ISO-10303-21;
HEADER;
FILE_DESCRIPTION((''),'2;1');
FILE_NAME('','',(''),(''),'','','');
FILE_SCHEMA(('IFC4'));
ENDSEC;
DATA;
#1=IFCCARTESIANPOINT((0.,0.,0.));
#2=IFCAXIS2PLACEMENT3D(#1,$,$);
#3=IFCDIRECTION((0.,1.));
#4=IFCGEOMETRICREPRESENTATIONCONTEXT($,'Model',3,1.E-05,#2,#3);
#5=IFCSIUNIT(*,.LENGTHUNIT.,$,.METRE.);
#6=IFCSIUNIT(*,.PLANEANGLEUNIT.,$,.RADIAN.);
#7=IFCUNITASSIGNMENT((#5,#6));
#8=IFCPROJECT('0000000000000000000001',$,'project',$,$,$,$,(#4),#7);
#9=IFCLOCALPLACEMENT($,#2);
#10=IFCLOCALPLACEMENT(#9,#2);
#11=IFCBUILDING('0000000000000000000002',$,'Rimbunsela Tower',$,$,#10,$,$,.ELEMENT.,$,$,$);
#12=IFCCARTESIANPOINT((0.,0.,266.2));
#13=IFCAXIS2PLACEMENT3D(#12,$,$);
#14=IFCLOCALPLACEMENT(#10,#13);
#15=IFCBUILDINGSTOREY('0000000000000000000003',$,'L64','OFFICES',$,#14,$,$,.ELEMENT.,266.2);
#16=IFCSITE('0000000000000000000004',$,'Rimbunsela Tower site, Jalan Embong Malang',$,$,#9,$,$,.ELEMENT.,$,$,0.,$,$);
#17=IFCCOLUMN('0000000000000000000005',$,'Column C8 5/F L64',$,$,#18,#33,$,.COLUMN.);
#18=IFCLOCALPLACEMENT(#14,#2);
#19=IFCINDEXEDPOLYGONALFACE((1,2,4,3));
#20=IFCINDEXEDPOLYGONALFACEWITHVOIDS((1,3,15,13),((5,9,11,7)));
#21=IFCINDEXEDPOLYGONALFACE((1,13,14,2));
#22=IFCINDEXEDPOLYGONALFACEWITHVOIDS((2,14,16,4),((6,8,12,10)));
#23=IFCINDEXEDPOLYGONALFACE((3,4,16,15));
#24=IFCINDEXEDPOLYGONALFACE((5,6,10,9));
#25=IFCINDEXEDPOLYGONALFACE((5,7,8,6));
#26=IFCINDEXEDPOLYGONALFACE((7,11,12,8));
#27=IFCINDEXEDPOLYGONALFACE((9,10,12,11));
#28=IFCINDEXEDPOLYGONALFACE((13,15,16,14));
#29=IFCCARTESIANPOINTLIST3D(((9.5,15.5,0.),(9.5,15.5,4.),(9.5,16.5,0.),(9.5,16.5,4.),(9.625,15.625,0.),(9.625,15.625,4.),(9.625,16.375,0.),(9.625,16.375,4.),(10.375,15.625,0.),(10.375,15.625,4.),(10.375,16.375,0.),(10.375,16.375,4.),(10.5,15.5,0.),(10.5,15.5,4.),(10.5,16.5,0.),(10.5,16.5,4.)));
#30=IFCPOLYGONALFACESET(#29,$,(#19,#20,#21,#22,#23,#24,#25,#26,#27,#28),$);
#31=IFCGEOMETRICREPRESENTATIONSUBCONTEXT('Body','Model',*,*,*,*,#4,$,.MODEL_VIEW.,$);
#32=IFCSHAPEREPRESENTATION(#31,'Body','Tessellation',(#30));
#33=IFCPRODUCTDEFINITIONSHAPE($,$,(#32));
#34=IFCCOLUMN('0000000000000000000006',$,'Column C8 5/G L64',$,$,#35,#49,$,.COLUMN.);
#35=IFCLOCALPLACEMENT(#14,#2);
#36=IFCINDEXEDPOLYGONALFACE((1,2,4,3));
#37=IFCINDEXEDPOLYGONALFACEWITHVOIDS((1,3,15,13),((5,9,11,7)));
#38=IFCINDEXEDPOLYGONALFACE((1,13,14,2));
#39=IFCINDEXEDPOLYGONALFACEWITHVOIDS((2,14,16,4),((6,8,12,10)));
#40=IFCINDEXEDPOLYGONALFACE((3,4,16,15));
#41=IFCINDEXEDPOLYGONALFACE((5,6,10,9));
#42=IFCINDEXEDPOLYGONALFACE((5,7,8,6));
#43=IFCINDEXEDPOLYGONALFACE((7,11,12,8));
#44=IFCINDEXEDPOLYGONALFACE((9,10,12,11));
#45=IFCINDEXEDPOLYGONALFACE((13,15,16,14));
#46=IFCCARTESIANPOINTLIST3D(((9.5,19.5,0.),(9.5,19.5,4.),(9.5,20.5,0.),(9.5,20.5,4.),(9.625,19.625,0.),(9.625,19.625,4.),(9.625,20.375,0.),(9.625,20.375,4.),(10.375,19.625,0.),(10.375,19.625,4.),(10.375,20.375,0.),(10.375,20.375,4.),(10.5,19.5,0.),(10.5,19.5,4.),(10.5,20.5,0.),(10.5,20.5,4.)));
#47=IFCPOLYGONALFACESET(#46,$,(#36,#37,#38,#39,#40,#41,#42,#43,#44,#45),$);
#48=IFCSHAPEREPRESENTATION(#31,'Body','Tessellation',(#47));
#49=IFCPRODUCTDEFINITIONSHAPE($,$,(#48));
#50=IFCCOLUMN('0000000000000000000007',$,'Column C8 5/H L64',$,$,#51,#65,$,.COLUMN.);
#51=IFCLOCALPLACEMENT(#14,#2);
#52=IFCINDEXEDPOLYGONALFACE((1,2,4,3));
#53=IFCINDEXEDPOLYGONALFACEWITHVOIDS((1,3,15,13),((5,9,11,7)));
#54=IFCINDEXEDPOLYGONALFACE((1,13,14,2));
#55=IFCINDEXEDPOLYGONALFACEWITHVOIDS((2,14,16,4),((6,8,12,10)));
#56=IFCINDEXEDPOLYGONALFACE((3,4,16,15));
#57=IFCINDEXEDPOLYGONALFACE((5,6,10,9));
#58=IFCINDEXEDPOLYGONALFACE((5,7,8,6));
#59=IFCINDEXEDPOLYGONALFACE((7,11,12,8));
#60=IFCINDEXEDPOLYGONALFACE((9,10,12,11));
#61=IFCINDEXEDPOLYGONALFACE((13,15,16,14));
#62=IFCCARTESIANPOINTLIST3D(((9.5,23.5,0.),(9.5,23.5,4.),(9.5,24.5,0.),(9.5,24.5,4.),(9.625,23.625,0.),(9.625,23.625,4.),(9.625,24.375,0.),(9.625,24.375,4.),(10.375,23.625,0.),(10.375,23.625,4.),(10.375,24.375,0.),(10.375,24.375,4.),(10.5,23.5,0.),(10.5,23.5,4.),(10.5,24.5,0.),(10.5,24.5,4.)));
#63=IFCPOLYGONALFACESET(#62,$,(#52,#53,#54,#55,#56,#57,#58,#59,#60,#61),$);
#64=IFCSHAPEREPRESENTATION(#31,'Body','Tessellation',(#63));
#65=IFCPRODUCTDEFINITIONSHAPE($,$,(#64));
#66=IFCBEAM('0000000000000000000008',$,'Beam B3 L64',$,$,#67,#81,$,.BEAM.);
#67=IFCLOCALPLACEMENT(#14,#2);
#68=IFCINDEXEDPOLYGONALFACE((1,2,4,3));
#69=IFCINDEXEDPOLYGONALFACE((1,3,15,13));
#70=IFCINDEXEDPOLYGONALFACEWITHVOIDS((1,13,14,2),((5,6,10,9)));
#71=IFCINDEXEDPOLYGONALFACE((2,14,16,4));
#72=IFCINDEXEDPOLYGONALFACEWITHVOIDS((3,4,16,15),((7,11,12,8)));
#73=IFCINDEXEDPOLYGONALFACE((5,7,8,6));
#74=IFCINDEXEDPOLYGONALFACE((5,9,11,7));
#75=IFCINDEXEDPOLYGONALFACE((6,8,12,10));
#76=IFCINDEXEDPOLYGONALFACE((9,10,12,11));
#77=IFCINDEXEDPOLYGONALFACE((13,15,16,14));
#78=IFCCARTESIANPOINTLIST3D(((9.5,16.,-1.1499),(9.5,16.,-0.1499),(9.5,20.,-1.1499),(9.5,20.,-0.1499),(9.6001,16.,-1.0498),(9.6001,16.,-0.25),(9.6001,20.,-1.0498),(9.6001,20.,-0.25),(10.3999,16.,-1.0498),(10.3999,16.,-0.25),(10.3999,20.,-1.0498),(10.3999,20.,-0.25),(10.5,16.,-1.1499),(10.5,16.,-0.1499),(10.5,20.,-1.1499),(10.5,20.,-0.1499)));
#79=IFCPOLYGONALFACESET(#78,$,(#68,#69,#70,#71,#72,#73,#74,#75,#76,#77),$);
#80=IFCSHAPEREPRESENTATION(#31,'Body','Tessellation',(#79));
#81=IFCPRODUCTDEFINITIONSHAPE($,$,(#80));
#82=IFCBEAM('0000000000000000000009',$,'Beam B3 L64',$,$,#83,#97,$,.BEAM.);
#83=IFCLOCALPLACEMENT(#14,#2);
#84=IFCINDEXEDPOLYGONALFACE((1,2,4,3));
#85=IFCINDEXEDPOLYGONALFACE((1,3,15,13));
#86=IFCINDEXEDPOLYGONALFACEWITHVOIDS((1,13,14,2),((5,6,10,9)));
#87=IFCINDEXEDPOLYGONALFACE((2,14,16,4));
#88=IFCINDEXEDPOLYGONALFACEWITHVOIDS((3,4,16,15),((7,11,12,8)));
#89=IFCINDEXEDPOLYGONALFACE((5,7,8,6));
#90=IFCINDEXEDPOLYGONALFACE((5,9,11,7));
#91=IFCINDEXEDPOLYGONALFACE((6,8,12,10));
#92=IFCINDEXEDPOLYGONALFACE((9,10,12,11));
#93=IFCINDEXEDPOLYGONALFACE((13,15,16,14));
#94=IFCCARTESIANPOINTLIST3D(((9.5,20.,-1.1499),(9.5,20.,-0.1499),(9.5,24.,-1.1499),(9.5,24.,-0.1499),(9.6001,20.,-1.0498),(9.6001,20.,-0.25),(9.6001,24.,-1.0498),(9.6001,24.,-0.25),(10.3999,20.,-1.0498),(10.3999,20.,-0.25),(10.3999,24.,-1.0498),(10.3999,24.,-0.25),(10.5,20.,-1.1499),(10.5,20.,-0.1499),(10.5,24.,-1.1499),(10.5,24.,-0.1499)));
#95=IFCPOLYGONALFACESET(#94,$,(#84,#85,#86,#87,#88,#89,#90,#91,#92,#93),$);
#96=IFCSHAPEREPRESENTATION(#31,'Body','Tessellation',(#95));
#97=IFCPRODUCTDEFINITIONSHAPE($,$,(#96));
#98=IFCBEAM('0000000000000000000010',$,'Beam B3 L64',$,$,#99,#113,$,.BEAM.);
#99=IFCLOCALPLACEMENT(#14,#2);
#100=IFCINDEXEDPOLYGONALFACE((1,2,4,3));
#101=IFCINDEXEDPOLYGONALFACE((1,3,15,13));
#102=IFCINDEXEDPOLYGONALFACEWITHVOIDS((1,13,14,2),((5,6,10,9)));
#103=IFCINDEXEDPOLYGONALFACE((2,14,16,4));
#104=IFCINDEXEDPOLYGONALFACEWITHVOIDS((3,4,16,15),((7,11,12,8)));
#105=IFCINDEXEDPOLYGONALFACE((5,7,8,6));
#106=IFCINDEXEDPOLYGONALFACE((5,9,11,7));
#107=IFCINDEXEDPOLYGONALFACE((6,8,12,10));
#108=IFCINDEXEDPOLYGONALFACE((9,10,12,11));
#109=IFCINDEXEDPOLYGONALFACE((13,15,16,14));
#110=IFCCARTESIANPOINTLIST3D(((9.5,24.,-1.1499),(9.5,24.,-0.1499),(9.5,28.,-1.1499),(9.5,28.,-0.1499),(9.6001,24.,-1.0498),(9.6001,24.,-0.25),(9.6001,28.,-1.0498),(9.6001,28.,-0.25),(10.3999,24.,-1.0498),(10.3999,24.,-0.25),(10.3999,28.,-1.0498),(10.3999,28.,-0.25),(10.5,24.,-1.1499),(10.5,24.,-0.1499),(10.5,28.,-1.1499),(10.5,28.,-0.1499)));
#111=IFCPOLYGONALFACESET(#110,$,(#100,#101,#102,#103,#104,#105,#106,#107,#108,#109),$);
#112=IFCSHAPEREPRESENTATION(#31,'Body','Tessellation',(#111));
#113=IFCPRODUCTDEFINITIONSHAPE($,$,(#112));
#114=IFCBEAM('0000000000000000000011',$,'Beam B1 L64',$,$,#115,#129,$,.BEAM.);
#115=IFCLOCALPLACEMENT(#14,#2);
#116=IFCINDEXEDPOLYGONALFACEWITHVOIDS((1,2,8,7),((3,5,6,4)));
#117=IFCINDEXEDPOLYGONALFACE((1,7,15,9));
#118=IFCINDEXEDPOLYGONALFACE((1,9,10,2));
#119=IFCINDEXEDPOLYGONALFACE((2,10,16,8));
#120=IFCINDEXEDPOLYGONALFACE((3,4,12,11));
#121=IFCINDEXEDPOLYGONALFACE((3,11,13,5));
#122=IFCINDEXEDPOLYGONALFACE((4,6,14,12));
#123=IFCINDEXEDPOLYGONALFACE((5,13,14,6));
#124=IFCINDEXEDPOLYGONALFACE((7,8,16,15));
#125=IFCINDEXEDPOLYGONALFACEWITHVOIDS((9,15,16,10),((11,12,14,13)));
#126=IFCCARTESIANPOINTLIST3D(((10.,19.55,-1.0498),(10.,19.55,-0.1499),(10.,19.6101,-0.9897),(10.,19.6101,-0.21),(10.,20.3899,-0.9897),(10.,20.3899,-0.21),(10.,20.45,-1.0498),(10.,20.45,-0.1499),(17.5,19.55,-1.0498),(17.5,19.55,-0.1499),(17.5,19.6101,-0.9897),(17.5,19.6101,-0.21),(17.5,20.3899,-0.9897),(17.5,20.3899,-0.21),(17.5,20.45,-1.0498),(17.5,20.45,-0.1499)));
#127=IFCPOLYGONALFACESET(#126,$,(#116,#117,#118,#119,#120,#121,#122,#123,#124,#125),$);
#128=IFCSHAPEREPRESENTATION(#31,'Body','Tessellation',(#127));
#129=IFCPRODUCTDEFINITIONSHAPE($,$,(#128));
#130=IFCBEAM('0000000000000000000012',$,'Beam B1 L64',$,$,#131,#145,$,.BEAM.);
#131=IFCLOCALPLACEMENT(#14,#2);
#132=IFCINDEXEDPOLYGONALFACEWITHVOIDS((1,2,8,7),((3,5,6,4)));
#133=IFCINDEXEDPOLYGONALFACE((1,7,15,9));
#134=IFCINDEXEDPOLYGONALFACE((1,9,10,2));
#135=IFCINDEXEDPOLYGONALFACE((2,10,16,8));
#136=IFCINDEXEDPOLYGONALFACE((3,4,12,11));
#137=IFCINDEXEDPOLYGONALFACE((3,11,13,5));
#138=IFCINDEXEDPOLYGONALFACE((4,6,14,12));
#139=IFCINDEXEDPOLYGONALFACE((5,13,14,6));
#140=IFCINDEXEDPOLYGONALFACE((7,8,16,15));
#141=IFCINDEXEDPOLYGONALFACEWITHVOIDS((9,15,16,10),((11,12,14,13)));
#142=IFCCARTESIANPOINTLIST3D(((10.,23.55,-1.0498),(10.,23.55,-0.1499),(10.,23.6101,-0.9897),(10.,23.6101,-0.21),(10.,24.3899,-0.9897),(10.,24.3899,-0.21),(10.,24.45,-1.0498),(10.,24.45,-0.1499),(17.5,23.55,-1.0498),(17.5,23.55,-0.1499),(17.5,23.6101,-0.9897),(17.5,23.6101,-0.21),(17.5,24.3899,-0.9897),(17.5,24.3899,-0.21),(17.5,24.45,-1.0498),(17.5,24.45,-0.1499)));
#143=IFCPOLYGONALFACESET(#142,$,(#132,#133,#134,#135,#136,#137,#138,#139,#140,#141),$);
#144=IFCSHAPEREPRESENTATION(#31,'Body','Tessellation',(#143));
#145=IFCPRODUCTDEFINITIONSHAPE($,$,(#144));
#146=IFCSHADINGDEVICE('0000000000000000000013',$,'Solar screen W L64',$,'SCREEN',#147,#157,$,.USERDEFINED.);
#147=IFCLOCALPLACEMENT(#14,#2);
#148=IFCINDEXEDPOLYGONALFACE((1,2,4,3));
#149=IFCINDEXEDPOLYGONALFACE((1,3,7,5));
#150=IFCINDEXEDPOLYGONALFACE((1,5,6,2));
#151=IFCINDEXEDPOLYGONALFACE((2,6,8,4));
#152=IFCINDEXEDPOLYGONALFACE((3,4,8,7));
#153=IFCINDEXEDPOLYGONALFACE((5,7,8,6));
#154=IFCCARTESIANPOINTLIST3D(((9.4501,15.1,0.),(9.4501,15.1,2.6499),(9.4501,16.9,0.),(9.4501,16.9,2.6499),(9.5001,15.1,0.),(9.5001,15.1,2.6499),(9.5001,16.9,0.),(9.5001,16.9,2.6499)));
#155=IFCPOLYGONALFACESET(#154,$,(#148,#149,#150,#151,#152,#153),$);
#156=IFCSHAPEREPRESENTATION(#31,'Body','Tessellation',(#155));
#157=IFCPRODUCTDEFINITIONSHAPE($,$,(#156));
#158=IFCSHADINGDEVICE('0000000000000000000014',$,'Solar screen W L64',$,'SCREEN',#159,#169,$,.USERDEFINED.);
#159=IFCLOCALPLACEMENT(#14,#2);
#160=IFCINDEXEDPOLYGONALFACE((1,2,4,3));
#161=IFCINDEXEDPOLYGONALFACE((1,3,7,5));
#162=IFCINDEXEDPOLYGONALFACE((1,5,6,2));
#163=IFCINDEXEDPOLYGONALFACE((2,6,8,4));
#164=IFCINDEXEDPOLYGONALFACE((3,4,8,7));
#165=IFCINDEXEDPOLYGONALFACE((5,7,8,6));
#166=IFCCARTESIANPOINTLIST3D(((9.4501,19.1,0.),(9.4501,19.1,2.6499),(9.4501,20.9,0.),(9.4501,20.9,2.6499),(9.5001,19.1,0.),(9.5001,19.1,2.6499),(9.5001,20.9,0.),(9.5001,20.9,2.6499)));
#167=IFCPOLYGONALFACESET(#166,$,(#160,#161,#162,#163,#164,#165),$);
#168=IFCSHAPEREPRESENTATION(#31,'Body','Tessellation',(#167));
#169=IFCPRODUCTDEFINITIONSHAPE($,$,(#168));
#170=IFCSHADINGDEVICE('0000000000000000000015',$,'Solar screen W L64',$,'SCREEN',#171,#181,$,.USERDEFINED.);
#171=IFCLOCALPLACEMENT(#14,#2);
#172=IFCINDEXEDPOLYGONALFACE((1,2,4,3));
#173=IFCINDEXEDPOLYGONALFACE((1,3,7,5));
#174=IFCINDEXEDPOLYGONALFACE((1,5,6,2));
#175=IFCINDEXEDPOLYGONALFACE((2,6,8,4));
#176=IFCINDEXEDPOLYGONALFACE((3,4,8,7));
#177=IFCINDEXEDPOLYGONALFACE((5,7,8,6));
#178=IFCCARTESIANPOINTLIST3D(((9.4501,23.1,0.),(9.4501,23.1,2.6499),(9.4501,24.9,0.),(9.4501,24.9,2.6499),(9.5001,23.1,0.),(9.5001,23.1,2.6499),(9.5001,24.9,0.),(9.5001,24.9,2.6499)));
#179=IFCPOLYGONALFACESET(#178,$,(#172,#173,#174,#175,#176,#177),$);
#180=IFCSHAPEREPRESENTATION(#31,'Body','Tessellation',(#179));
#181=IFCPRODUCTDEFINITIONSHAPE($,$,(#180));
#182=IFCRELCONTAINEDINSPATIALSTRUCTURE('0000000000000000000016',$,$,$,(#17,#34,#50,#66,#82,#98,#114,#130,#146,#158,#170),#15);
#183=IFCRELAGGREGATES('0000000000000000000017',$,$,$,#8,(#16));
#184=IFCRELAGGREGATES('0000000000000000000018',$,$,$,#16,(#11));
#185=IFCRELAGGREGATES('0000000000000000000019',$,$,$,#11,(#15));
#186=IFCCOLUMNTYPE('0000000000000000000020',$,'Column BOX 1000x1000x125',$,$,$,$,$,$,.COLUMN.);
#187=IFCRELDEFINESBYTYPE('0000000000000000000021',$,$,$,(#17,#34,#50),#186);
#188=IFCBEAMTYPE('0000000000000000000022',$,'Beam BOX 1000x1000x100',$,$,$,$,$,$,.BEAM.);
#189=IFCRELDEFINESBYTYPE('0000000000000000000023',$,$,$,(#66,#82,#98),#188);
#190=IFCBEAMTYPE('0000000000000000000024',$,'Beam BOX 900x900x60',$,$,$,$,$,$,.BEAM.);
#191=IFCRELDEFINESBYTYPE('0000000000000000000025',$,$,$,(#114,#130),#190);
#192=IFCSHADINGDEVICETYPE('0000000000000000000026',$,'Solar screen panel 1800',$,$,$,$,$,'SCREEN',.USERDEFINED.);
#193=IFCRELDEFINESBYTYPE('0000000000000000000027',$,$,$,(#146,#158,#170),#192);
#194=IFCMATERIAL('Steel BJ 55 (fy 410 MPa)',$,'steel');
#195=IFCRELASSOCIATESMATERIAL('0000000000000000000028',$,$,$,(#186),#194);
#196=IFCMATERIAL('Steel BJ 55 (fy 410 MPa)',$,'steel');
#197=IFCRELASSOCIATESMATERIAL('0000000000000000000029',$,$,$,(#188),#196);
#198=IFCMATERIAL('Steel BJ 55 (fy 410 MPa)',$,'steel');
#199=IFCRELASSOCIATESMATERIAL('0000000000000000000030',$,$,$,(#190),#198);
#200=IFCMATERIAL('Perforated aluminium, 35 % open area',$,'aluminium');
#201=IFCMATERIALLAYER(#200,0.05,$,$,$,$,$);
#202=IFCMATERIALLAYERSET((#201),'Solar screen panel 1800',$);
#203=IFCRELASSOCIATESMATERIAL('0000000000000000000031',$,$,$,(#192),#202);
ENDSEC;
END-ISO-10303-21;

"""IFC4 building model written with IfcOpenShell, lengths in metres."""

from ifc_helpers import new_model, si_unit, direction, frame, origin, origin_2d, place, context, subcontext, project, spatial, rectangle, hollow_rectangle, extrude, material, layer, layer_set, material_profile, profile_set, type_object, element, save


model = new_model("IFC4")

# Units and contexts
model_context = context("Model", 3, precision=1e-05, world=origin(), true_north=direction((0.0, 1.0)))
body_context = subcontext(model_context, "Body", "Model", "MODEL_VIEW")
ifc_project = project(units=[si_unit("LENGTHUNIT", "METRE"), si_unit("PLANEANGLEUNIT", "RADIAN")], contexts=[model_context])

# Site, building, storey
site_placement = place(None, origin())
site = spatial("IfcSite", under=ifc_project, at=site_placement, Name="Rimbunsela Tower site, Jalan Embong Malang", CompositionType="ELEMENT", RefElevation=0.0)
building_placement = place(site_placement, origin())
building = spatial("IfcBuilding", under=site, at=building_placement, Name="Rimbunsela Tower", CompositionType="ELEMENT")
storey_placement = place(building_placement, frame((0.0, 0.0, 266.2)))
storey = spatial("IfcBuildingStorey", under=building, at=storey_placement, Name="L64", Description="OFFICES", CompositionType="ELEMENT", Elevation=266.2)

# Columns
ifc_material_1 = material(Name="Steel BJ 55 (fy 410 MPa)", Category="steel")
ifc_material_profile_1 = material_profile(ifc_material_1, hollow_rectangle(XDim=1.0, YDim=1.0, WallThickness=0.125, at=origin_2d()), Name="BOX 1000x1000x125")
ifc_profile_set_1 = profile_set([ifc_material_profile_1], Name="Steel BJ 55 (fy 410 MPa)")
column_type = type_object("IfcColumnType", Name="Column BOX 1000x1000x125", PredefinedType="COLUMN", material=ifc_profile_set_1)
for number, where, z_axis, x_axis, name in (
    (1, (10.0, 16.0, 0.0), (0.0, 0.0, 1.0), (1.0, 0.0, 0.0), "Column C8 5/F L64"),
    (2, (10.0, 20.0, 0.0), (0.0, 0.0, 1.0), (1.0, 0.0, 0.0), "Column C8 5/G L64"),
    (3, (10.0, 24.0, 0.0), (0.0, 0.0, 1.0), (1.0, 0.0, 0.0), "Column C8 5/H L64"),
):
    element("IfcColumn", number, at=place(storey_placement, frame(where, z_axis=z_axis, x_axis=x_axis)), inside=storey, type_object=column_type, Name=name, PredefinedType="COLUMN", context=body_context, shape_type="SweptSolid", body=[
        extrude(hollow_rectangle(XDim=1.0, YDim=1.0, WallThickness=0.125, at=origin_2d()), origin(), (0.0, 0.0, 1.0), 4.0),
    ])

# Beams
ifc_material_2 = material(Name="Steel BJ 55 (fy 410 MPa)", Category="steel")
ifc_material_profile_2 = material_profile(ifc_material_2, hollow_rectangle(XDim=1.0, YDim=1.0, WallThickness=0.1001, at=origin_2d()), Name="BOX 1000x1000x100")
ifc_profile_set_2 = profile_set([ifc_material_profile_2], Name="Steel BJ 55 (fy 410 MPa)")
beam_type_1 = type_object("IfcBeamType", Name="Beam BOX 1000x1000x100", PredefinedType="BEAM", material=ifc_profile_set_2)
for number, where, z_axis, x_axis, name in (
    (4, (10.0, 16.0, -0.6499), (0.0, 1.0, 0.0), (-1.0, 0.0, 0.0), "Beam B3 L64"),
    (5, (10.0, 20.0, -0.6499), (0.0, 1.0, 0.0), (-1.0, 0.0, 0.0), "Beam B3 L64"),
    (6, (10.0, 24.0, -0.6499), (0.0, 1.0, 0.0), (-1.0, 0.0, 0.0), "Beam B3 L64"),
):
    element("IfcBeam", number, at=place(storey_placement, frame(where, z_axis=z_axis, x_axis=x_axis)), inside=storey, type_object=beam_type_1, Name=name, PredefinedType="BEAM", context=body_context, shape_type="SweptSolid", body=[
        extrude(hollow_rectangle(XDim=1.0, YDim=1.0, WallThickness=0.1001, at=origin_2d()), origin(), (0.0, 0.0, 1.0), 4.0),
    ])
ifc_material_3 = material(Name="Steel BJ 55 (fy 410 MPa)", Category="steel")
ifc_material_profile_3 = material_profile(ifc_material_3, hollow_rectangle(XDim=0.8999, YDim=0.8999, WallThickness=0.0601, at=origin_2d()), Name="BOX 900x900x60")
ifc_profile_set_3 = profile_set([ifc_material_profile_3], Name="Steel BJ 55 (fy 410 MPa)")
beam_type_2 = type_object("IfcBeamType", Name="Beam BOX 900x900x60", PredefinedType="BEAM", material=ifc_profile_set_3)
for number, where, z_axis, x_axis, name in (
    (7, (10.0, 20.0, -0.5999), (1.0, 0.0, 0.0), (0.0, 1.0, 0.0), "Beam B1 L64"),
    (8, (10.0, 24.0, -0.5999), (1.0, 0.0, 0.0), (0.0, 1.0, 0.0), "Beam B1 L64"),
):
    element("IfcBeam", number, at=place(storey_placement, frame(where, z_axis=z_axis, x_axis=x_axis)), inside=storey, type_object=beam_type_2, Name=name, PredefinedType="BEAM", context=body_context, shape_type="SweptSolid", body=[
        extrude(hollow_rectangle(XDim=0.8999, YDim=0.8999, WallThickness=0.0601, at=origin_2d()), origin(), (0.0, 0.0, 1.0), 7.5),
    ])

# Shading devices
ifc_material_4 = material(Name="Perforated aluminium, 35 % open area", Category="aluminium")
ifc_layer = layer(ifc_material_4, 0.05)
ifc_layer_set = layer_set([ifc_layer], Name="Solar screen panel 1800")
shading_device_type = type_object("IfcShadingDeviceType", Name="Solar screen panel 1800", ElementType="SCREEN", PredefinedType="USERDEFINED", material=ifc_layer_set)
for number, where, z_axis, x_axis, name in (
    (9, (9.4751, 16.0, 0.0), (0.0, 0.0, 1.0), (0.0, 1.0, 0.0), "Solar screen W L64"),
    (10, (9.4751, 20.0, 0.0), (0.0, 0.0, 1.0), (0.0, 1.0, 0.0), "Solar screen W L64"),
    (11, (9.4751, 24.0, 0.0), (0.0, 0.0, 1.0), (0.0, 1.0, 0.0), "Solar screen W L64"),
):
    element("IfcShadingDevice", number, at=place(storey_placement, frame(where, z_axis=z_axis, x_axis=x_axis)), inside=storey, type_object=shading_device_type, Name=name, ObjectType="SCREEN", PredefinedType="USERDEFINED", context=body_context, shape_type="SweptSolid", body=[
        extrude(rectangle(XDim=1.8, YDim=0.05, at=origin_2d()), origin(), (0.0, 0.0, 1.0), 2.6499),
    ])

save(model, "model.ifc")
